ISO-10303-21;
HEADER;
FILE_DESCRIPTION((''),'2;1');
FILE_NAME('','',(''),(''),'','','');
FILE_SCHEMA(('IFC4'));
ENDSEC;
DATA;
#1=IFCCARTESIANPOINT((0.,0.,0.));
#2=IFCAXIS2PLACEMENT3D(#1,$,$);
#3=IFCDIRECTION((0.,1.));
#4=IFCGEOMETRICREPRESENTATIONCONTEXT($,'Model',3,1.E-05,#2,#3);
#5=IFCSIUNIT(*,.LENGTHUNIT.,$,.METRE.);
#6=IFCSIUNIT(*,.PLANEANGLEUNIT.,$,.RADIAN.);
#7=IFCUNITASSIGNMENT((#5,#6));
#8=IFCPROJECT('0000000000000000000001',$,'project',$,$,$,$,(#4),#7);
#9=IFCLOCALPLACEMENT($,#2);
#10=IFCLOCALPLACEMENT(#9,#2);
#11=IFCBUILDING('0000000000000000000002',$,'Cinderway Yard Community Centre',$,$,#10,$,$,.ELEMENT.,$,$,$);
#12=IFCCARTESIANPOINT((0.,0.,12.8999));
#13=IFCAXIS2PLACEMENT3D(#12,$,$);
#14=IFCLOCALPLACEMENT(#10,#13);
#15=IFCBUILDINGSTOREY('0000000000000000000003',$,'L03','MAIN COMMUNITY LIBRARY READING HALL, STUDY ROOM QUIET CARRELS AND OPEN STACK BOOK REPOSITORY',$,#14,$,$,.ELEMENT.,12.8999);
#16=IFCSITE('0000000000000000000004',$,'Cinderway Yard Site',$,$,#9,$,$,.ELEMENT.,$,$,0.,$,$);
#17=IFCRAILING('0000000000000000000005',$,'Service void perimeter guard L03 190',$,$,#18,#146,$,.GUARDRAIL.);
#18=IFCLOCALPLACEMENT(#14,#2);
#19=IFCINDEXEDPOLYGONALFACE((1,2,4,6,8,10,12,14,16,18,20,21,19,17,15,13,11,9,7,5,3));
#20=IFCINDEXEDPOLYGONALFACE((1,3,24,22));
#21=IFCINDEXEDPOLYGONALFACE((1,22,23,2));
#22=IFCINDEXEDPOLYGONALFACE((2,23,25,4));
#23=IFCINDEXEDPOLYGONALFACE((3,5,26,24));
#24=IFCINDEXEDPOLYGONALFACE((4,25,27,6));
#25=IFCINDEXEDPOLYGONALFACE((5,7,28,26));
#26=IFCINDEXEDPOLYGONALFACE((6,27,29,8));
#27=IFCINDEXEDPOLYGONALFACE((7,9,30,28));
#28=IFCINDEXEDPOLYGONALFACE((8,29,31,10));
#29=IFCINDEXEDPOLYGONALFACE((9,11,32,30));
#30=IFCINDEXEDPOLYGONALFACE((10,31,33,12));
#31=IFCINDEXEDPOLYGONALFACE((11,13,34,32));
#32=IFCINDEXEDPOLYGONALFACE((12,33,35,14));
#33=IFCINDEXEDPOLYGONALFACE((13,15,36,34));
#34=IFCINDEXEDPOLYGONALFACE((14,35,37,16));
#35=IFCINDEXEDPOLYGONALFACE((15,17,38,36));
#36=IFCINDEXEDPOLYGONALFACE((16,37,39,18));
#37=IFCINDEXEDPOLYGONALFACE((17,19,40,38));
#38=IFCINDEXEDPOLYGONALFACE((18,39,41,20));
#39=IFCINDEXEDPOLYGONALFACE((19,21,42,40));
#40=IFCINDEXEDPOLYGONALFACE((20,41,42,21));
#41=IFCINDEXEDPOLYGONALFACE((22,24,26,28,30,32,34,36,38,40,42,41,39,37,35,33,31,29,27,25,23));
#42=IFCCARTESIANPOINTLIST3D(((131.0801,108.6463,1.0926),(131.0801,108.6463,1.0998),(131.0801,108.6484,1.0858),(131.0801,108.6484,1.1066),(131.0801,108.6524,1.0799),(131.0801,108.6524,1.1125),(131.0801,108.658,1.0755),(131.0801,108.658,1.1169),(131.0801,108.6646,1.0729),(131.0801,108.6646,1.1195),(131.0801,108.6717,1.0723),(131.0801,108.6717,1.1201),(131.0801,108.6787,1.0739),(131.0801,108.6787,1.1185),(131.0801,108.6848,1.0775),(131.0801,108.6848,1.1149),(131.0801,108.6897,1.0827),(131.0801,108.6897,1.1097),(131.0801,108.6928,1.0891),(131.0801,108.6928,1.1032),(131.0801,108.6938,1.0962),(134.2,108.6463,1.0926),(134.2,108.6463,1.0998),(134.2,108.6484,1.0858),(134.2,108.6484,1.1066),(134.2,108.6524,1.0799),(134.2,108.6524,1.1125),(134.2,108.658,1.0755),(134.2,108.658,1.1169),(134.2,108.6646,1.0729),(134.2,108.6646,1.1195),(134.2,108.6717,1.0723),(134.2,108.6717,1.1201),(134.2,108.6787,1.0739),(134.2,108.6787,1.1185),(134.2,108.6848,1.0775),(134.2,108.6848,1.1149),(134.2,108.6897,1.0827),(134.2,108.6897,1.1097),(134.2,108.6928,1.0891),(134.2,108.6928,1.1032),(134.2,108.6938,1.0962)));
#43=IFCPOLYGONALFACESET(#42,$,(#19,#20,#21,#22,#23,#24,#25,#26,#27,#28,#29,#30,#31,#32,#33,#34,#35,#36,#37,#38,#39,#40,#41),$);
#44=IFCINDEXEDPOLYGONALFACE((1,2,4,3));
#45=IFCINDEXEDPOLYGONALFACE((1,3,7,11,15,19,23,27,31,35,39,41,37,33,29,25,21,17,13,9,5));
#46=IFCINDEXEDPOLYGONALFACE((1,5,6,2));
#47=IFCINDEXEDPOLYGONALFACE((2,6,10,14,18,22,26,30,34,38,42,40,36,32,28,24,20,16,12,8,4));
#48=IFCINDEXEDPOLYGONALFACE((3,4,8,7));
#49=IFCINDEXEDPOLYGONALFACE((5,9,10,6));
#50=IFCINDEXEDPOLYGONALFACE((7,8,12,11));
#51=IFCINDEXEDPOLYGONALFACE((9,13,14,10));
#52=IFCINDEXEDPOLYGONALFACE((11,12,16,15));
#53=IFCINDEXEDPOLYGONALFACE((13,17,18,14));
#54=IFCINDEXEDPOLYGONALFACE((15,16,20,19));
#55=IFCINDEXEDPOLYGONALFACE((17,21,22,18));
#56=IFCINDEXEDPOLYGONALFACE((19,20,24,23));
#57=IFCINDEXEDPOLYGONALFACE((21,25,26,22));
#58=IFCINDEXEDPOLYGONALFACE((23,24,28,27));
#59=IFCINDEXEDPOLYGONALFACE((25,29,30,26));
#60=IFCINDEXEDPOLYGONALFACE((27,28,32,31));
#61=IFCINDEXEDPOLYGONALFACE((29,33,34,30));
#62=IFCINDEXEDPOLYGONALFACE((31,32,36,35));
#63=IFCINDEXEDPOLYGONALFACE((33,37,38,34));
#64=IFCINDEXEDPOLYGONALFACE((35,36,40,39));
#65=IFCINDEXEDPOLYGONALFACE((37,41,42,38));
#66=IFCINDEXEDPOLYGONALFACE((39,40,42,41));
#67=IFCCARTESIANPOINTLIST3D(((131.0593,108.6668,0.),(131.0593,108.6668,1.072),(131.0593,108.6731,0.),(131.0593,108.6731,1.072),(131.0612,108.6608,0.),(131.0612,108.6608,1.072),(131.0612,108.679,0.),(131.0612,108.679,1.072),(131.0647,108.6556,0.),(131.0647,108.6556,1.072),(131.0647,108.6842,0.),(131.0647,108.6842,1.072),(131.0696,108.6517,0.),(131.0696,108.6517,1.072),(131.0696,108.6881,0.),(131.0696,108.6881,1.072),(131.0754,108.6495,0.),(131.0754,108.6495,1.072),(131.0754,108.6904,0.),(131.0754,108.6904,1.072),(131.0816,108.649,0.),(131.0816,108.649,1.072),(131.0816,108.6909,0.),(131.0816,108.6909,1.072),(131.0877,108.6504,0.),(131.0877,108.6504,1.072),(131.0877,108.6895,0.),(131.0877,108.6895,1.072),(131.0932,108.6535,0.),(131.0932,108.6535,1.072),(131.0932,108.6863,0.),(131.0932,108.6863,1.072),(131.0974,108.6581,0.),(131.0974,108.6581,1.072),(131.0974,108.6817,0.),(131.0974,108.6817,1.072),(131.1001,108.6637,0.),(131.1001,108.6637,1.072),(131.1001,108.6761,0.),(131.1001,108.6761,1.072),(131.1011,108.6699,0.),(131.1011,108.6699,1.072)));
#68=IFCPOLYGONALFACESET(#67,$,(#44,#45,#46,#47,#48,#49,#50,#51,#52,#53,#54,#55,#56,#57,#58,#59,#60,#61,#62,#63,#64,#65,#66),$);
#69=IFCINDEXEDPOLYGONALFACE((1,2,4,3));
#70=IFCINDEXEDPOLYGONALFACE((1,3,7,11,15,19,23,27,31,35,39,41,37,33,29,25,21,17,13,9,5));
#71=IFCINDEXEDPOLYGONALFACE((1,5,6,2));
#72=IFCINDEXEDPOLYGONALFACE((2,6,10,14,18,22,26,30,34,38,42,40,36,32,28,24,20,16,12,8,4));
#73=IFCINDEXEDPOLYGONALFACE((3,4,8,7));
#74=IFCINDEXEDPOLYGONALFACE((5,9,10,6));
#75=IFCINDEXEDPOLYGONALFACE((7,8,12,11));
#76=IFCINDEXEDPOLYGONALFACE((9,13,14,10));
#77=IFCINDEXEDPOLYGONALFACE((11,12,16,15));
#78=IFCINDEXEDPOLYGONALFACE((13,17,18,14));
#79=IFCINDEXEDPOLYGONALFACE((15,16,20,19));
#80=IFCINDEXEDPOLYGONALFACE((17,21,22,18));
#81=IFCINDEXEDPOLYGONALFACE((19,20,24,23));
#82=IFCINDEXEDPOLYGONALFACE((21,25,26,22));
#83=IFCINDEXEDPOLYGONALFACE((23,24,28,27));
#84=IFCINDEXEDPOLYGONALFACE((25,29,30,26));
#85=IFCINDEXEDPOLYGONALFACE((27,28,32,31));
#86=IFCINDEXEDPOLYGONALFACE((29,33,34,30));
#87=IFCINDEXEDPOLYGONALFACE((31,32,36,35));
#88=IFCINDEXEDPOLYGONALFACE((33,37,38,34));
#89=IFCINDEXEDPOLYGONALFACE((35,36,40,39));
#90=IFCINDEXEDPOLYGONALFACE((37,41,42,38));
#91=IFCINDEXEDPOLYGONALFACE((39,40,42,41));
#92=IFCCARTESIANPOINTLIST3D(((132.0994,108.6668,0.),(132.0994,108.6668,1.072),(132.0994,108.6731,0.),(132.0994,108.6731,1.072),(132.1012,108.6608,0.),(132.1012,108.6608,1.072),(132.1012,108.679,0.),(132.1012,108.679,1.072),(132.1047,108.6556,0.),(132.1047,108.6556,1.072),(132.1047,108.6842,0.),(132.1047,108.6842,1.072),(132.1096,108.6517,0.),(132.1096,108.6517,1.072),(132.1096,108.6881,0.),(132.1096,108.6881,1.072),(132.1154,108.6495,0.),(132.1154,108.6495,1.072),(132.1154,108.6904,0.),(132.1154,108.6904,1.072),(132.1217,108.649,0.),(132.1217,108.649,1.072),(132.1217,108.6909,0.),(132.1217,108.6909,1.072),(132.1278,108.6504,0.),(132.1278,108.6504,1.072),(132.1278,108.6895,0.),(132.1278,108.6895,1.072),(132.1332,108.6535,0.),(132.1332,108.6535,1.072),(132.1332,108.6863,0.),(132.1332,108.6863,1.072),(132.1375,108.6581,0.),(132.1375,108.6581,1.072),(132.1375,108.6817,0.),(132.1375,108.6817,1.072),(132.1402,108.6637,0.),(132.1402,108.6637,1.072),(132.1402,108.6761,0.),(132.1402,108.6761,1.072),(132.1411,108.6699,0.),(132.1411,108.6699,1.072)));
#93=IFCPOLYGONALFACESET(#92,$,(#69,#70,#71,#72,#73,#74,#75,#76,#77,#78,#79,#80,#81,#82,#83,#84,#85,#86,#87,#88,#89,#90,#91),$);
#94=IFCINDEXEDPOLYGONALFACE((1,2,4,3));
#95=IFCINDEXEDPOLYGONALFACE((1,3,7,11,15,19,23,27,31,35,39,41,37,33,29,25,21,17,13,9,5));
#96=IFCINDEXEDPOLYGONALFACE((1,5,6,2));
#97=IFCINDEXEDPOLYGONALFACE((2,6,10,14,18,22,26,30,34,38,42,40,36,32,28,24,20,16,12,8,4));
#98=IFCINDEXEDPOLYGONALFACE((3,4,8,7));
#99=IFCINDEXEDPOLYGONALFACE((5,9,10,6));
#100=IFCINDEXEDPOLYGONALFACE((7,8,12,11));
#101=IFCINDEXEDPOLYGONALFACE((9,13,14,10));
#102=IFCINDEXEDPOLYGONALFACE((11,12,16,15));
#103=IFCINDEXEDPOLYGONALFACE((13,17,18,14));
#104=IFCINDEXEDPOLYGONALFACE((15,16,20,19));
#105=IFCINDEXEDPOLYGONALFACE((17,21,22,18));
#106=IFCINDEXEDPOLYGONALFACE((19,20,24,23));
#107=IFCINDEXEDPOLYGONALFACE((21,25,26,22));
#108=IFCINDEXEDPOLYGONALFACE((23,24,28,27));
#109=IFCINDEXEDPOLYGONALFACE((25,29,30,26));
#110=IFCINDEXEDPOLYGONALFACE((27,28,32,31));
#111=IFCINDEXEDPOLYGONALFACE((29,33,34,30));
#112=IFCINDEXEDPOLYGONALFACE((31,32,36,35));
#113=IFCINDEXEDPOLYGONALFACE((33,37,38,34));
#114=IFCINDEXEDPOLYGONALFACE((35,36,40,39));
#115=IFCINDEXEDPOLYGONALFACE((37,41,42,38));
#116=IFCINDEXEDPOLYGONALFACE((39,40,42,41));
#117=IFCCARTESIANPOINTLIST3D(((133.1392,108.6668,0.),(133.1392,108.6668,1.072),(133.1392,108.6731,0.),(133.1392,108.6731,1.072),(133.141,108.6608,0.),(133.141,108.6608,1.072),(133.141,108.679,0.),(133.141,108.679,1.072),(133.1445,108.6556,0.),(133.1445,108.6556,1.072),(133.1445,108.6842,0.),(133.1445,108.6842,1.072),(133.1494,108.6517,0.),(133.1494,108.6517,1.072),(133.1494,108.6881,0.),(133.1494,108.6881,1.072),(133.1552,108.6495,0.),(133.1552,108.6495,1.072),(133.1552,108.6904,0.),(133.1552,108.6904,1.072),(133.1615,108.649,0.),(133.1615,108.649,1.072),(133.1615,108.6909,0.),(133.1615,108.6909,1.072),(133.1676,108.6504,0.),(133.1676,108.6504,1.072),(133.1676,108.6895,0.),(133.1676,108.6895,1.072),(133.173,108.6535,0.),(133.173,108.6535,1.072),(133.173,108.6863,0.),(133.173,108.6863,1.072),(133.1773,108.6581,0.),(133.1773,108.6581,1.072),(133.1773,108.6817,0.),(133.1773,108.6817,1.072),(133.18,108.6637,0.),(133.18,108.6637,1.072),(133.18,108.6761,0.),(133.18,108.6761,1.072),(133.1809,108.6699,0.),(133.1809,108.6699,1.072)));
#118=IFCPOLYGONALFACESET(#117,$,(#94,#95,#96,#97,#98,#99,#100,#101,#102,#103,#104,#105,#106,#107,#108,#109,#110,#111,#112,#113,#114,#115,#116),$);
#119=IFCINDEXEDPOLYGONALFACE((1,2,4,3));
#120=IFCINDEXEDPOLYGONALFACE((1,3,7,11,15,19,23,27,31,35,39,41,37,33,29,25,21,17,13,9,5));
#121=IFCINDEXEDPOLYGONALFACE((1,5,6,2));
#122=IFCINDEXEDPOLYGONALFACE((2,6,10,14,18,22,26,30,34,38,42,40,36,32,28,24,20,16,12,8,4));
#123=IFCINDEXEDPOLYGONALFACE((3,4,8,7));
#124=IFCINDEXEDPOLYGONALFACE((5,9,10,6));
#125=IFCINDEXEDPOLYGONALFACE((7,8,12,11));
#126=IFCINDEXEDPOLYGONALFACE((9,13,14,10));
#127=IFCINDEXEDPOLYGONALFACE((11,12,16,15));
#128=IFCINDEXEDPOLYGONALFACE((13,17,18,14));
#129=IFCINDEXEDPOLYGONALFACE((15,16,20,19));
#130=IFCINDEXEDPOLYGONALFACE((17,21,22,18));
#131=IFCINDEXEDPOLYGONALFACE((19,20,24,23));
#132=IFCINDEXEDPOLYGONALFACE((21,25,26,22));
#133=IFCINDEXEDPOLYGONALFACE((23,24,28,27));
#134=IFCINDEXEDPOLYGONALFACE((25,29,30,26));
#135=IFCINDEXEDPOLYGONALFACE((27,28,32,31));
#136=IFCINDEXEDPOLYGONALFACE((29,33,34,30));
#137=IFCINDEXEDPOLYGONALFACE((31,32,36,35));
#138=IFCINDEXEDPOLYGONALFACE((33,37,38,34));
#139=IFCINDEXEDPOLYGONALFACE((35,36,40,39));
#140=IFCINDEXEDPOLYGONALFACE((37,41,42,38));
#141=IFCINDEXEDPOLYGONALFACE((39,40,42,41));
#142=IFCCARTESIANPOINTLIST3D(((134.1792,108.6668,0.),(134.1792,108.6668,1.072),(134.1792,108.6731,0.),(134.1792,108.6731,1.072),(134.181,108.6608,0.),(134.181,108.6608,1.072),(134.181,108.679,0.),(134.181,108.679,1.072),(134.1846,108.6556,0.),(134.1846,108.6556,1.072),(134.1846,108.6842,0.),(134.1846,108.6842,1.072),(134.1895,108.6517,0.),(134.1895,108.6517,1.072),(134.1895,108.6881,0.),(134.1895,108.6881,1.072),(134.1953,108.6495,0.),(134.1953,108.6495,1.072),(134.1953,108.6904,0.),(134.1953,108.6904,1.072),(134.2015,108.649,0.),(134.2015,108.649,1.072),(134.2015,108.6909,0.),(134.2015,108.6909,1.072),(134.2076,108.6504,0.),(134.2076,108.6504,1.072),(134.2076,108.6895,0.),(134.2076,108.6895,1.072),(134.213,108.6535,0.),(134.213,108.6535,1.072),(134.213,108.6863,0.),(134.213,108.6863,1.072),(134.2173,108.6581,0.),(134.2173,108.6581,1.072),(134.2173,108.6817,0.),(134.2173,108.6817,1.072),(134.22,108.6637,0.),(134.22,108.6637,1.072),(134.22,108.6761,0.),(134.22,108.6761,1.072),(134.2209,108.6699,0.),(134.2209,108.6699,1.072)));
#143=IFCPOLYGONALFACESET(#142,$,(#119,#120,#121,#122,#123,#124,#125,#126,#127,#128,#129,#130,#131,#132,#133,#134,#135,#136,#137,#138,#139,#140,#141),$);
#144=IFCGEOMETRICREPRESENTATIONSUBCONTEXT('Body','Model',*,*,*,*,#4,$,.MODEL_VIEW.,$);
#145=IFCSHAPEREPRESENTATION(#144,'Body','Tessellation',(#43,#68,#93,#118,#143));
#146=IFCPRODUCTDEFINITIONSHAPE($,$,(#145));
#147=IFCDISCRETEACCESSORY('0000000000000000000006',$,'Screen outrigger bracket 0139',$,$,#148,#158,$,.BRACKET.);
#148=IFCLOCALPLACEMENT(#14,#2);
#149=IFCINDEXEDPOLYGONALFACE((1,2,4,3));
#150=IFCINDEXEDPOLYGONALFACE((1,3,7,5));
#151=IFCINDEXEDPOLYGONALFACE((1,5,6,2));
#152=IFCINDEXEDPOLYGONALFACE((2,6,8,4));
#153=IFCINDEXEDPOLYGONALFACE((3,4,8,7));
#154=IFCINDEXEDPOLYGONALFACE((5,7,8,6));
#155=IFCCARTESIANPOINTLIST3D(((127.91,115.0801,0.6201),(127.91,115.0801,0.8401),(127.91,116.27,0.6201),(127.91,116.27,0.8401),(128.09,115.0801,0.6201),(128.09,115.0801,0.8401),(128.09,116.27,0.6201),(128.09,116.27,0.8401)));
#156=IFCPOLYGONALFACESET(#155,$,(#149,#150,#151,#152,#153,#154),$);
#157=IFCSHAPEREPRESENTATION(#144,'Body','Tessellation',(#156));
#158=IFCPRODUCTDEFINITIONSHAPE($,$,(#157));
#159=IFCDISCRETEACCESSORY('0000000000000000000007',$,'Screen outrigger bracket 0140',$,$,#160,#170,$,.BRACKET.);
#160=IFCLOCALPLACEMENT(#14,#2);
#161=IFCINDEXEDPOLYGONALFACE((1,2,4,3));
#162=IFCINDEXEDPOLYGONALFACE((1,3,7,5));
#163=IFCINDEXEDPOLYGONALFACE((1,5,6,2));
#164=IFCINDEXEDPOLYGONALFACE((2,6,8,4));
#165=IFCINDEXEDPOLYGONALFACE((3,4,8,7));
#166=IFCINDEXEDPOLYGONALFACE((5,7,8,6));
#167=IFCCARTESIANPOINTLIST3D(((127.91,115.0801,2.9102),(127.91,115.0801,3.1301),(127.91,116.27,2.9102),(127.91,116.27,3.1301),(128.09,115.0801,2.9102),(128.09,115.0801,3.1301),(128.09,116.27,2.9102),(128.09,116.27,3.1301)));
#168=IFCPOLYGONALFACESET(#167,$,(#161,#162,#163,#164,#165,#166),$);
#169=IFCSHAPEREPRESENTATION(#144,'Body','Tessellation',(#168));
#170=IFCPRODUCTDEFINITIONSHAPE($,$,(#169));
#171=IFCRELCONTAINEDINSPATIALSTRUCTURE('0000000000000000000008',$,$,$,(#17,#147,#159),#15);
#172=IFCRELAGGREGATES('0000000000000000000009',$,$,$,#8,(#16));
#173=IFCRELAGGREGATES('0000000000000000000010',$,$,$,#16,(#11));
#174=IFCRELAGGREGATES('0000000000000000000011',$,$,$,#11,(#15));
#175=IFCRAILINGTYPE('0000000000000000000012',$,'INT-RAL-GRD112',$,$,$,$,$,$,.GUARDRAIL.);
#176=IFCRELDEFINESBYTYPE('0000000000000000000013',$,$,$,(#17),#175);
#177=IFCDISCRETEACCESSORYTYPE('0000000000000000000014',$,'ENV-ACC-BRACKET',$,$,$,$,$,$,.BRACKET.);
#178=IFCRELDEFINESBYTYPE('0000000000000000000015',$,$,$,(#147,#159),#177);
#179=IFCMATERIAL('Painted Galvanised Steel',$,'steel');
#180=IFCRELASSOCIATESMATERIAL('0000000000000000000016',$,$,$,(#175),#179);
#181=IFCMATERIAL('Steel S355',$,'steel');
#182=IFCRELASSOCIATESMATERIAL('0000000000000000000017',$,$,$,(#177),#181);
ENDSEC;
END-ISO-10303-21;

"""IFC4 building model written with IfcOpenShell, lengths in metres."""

from ifc_helpers import new_model, si_unit, direction, frame, origin, origin_2d, place, context, subcontext, project, spatial, rectangle, circle, extrude, material, type_object, element, save


model = new_model("IFC4")

# Units and contexts
model_context = context("Model", 3, precision=1e-05, world=origin(), true_north=direction((0.0, 1.0)))
body_context = subcontext(model_context, "Body", "Model", "MODEL_VIEW")
ifc_project = project(units=[si_unit("LENGTHUNIT", "METRE"), si_unit("PLANEANGLEUNIT", "RADIAN")], contexts=[model_context])

# Site, building, storey
site_placement = place(None, origin())
site = spatial("IfcSite", under=ifc_project, at=site_placement, Name="Cinderway Yard Site", CompositionType="ELEMENT", RefElevation=0.0)
building_placement = place(site_placement, origin())
building = spatial("IfcBuilding", under=site, at=building_placement, Name="Cinderway Yard Community Centre", CompositionType="ELEMENT")
storey_placement = place(building_placement, frame((0.0, 0.0, 12.8999)))
storey = spatial("IfcBuildingStorey", under=building, at=storey_placement, Name="L03", Description="MAIN COMMUNITY LIBRARY READING HALL, STUDY ROOM QUIET CARRELS AND OPEN STACK BOOK REPOSITORY", CompositionType="ELEMENT", Elevation=12.8999)

# Shared definitions
ifc_material_1 = material(Name="Steel S355", Category="steel")

# Shared definitions
ifc_material_2 = material(Name="Painted Galvanised Steel", Category="steel")

# Railing
railing_type = type_object("IfcRailingType", Name="INT-RAL-GRD112", PredefinedType="GUARDRAIL", material=ifc_material_2)
railing_1_placement = place(storey_placement, frame((131.0801, 108.6699, 0.0)))
element("IfcRailing", 1, at=railing_1_placement, inside=storey, type_object=railing_type, Name="Service void perimeter guard L03 190", PredefinedType="GUARDRAIL", context=body_context, shape_type="SweptSolid", body=[
    extrude(circle(Radius=0.0239, at=origin_2d()), frame((0.0, 0.0, 1.0962), z_axis=(1.0, 0.0, 0.0), x_axis=(0.0, 1.0, 0.0)), (0.0, 0.0, 1.0), 3.1199),
    extrude(circle(Radius=0.021, at=origin_2d()), origin(), (0.0, 0.0, 1.0), 1.072),
    extrude(circle(Radius=0.021, at=origin_2d()), frame((1.04, 0.0, 0.0)), (0.0, 0.0, 1.0), 1.072),
    extrude(circle(Radius=0.021, at=origin_2d()), frame((2.0798, 0.0, 0.0)), (0.0, 0.0, 1.0), 1.072),
    extrude(circle(Radius=0.021, at=origin_2d()), frame((3.1199, 0.0, 0.0)), (0.0, 0.0, 1.0), 1.072),
])

# Discrete accessories
discrete_accessory_type = type_object("IfcDiscreteAccessoryType", Name="ENV-ACC-BRACKET", PredefinedType="BRACKET", material=ifc_material_1)
for number, where, z_axis, x_axis, name in (
    (2, (128.0, 115.675, 0.6201), (0.0, 0.0, 1.0), (0.0, 1.0, 0.0), "Screen outrigger bracket 0139"),
    (3, (128.0, 115.675, 2.9102), (0.0, 0.0, 1.0), (0.0, 1.0, 0.0), "Screen outrigger bracket 0140"),
):
    element("IfcDiscreteAccessory", number, at=place(storey_placement, frame(where, z_axis=z_axis, x_axis=x_axis)), inside=storey, type_object=discrete_accessory_type, Name=name, PredefinedType="BRACKET", context=body_context, shape_type="SweptSolid", body=[
        extrude(rectangle(XDim=1.1899, YDim=0.1799, at=origin_2d()), origin(), (0.0, 0.0, 1.0), 0.22),
    ])

save(model, "model.ifc")
